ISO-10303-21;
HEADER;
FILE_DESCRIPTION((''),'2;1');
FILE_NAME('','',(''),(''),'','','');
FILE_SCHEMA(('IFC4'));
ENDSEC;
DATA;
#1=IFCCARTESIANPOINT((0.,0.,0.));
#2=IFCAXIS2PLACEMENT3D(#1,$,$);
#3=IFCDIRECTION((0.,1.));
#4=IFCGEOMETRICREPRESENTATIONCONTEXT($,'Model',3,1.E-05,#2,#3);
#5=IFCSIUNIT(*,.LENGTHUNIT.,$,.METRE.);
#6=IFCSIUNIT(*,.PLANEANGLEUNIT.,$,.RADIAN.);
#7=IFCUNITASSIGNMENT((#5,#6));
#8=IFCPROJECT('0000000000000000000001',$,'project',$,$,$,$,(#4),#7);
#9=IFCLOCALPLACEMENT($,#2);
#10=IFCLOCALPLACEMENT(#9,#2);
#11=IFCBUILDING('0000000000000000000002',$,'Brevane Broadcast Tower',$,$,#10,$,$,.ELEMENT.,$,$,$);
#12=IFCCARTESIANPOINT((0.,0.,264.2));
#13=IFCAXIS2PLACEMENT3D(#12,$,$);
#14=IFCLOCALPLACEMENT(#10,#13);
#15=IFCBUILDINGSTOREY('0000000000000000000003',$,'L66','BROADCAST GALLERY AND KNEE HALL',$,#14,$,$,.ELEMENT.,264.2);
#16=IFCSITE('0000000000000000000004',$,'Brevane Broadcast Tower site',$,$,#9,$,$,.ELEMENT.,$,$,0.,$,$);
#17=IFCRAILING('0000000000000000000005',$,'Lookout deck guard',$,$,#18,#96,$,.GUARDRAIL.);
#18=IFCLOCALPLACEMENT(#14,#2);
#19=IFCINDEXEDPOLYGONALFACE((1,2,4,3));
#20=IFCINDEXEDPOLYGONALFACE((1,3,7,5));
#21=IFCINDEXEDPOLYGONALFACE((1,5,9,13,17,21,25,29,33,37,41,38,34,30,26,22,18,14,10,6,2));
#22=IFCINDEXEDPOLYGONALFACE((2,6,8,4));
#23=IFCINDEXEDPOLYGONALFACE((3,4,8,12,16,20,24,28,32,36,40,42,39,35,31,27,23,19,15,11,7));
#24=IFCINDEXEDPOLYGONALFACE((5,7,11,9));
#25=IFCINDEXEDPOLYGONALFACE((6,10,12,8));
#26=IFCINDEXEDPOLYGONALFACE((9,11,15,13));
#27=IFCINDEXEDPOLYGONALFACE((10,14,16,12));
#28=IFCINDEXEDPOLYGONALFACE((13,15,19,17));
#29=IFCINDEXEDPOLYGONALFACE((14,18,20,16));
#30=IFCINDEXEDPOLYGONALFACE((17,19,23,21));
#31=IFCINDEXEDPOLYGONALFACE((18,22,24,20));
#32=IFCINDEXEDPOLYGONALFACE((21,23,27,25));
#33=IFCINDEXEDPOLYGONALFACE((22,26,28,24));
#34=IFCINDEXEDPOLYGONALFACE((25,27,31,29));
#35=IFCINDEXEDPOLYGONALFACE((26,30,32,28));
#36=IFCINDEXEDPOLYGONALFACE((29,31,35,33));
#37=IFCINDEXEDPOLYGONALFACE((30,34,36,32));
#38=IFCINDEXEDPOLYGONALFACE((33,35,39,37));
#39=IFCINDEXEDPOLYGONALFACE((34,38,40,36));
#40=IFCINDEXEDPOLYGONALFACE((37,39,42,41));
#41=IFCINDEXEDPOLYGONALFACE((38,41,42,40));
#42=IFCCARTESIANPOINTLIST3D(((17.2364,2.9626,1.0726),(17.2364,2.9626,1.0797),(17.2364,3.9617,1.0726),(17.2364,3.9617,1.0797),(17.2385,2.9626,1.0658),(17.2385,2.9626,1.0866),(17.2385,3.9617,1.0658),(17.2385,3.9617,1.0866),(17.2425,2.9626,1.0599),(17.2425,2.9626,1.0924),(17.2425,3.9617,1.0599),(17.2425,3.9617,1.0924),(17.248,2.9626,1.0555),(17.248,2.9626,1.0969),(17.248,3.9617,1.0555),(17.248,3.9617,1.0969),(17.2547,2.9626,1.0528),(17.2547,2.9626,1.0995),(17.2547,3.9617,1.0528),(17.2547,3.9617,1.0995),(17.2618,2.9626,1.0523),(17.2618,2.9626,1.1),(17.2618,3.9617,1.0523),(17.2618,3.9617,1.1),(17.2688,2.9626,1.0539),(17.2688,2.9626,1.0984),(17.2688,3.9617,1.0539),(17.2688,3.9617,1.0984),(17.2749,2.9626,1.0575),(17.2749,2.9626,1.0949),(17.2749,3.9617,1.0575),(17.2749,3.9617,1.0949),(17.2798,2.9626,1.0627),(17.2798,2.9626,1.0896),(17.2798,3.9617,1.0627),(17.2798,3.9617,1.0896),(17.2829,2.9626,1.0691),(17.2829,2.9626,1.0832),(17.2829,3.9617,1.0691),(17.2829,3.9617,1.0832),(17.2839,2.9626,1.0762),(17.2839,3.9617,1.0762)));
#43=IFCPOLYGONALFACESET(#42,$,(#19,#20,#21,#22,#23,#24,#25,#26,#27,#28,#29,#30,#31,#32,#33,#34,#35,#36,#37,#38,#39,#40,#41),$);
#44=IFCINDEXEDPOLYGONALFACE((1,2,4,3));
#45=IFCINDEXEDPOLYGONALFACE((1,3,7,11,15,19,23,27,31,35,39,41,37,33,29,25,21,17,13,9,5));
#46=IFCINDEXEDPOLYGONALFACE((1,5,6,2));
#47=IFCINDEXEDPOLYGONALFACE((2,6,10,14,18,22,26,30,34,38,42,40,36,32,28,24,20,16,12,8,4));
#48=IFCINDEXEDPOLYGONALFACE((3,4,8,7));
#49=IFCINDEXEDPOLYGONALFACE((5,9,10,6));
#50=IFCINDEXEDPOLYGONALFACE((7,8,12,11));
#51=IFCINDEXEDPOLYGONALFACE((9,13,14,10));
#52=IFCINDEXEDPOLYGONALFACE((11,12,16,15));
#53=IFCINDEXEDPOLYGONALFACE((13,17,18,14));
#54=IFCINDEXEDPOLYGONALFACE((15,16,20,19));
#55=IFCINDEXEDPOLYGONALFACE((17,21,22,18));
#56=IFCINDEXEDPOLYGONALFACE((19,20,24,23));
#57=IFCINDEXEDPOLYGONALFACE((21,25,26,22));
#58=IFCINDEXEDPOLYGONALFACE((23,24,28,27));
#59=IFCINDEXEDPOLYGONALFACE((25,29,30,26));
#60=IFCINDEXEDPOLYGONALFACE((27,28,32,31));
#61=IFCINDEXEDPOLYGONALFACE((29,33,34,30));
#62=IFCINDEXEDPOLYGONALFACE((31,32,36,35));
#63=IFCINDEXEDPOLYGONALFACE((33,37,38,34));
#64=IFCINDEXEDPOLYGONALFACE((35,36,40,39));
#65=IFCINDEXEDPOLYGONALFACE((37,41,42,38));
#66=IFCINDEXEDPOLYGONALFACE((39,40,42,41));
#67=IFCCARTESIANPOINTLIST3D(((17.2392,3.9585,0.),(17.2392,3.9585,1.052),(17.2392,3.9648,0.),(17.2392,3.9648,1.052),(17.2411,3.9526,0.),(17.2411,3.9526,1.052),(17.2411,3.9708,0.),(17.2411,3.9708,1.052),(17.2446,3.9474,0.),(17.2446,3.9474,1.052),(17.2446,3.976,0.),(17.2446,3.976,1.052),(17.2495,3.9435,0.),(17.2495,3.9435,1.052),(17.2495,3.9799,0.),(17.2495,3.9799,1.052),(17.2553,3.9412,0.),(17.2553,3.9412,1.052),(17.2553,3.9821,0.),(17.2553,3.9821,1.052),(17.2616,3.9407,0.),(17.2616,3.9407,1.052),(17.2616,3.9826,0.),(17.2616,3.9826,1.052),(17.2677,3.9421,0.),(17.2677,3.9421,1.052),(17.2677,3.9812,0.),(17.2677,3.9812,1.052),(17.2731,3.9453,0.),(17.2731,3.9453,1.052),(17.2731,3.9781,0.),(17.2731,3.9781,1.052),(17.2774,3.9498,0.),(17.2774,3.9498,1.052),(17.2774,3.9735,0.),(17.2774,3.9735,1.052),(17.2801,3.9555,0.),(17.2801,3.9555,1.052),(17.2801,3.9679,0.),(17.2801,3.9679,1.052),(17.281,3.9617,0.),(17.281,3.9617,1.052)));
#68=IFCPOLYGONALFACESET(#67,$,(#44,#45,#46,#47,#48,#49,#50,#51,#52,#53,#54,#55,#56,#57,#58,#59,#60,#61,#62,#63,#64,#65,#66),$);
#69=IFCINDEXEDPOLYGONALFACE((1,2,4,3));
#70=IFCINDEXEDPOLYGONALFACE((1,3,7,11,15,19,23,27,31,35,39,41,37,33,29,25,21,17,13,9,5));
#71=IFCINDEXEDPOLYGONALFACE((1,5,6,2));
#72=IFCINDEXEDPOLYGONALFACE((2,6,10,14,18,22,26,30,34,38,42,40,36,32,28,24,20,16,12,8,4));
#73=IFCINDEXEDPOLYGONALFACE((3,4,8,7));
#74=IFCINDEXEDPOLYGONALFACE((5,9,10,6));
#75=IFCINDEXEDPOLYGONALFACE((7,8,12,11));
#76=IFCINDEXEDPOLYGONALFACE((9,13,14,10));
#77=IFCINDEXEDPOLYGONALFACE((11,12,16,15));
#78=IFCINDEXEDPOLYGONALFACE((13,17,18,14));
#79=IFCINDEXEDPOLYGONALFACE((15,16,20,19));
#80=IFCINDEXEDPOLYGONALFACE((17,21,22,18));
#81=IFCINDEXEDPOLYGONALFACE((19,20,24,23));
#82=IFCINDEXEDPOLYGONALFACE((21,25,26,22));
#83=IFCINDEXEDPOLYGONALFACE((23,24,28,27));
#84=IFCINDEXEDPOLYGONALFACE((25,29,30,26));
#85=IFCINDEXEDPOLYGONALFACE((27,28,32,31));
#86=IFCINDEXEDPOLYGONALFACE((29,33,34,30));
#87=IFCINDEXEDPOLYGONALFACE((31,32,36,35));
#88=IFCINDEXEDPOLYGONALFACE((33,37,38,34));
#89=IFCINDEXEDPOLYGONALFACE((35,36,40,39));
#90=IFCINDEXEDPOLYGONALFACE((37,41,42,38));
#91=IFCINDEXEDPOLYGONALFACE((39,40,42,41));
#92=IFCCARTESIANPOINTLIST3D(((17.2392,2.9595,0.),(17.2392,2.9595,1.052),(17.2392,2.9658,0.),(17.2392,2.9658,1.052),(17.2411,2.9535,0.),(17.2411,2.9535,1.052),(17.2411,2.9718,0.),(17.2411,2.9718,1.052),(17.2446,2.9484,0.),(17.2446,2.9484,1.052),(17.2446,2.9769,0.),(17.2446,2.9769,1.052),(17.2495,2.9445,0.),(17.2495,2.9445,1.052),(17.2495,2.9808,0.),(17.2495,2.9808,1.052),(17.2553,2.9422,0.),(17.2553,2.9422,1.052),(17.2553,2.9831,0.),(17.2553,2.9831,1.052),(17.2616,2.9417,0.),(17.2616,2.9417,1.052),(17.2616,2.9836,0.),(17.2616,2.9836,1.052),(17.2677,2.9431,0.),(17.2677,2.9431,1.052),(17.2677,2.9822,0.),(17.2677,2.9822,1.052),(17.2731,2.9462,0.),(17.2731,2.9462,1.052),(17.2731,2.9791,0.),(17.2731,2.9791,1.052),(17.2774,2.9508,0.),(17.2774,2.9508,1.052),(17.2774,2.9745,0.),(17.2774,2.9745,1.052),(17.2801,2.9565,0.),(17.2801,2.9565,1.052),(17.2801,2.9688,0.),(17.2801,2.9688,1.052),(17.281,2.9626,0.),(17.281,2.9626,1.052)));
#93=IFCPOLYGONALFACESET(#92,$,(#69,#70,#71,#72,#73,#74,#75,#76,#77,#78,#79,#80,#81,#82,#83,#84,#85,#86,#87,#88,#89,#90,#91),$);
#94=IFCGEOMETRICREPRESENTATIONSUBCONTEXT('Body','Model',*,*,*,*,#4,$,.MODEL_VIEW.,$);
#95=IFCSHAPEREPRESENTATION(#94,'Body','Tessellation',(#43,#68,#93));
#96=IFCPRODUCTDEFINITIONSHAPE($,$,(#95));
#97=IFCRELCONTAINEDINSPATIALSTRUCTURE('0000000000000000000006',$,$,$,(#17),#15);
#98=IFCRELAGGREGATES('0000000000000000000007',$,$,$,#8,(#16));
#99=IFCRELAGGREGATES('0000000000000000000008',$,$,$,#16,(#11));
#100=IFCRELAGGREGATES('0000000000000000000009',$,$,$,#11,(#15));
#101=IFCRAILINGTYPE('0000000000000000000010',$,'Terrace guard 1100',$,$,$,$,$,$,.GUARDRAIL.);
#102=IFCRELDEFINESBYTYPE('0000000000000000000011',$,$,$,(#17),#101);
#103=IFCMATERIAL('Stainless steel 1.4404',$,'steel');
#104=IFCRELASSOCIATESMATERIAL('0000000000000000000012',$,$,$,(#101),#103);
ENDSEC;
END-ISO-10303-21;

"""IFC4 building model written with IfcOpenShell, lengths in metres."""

from ifc_helpers import new_model, si_unit, direction, frame, origin, origin_2d, place, context, subcontext, project, spatial, circle, extrude, material, type_object, element, save


model = new_model("IFC4")

# Units and contexts
model_context = context("Model", 3, precision=1e-05, world=origin(), true_north=direction((0.0, 1.0)))
body_context = subcontext(model_context, "Body", "Model", "MODEL_VIEW")
ifc_project = project(units=[si_unit("LENGTHUNIT", "METRE"), si_unit("PLANEANGLEUNIT", "RADIAN")], contexts=[model_context])

# Site, building, storey
site_placement = place(None, origin())
site = spatial("IfcSite", under=ifc_project, at=site_placement, Name="Brevane Broadcast Tower site", CompositionType="ELEMENT", RefElevation=0.0)
building_placement = place(site_placement, origin())
building = spatial("IfcBuilding", under=site, at=building_placement, Name="Brevane Broadcast Tower", CompositionType="ELEMENT")
storey_placement = place(building_placement, frame((0.0, 0.0, 264.2)))
storey = spatial("IfcBuildingStorey", under=building, at=storey_placement, Name="L66", Description="BROADCAST GALLERY AND KNEE HALL", CompositionType="ELEMENT", Elevation=264.2)

# Railing
ifc_material_1 = material(Name="Stainless steel 1.4404", Category="steel")
railing_type_1 = type_object("IfcRailingType", Name="Terrace guard 1100", PredefinedType="GUARDRAIL", material=ifc_material_1)
railing_1_placement = place(storey_placement, frame((17.26, 3.9617, 0.0)))
element("IfcRailing", 1, at=railing_1_placement, inside=storey, type_object=railing_type_1, Name="Lookout deck guard", PredefinedType="GUARDRAIL", context=body_context, shape_type="SweptSolid", body=[
    extrude(circle(Radius=0.0239, at=origin_2d()), frame((0.0, 0.0, 1.0762), z_axis=(0.0, -1.0, 0.0), x_axis=(1.0, 0.0, 0.0)), (0.0, 0.0, 1.0), 0.999),
    extrude(circle(Radius=0.021, at=origin_2d()), origin(), (0.0, 0.0, 1.0), 1.052),
    extrude(circle(Radius=0.021, at=origin_2d()), frame((0.0, -0.999, 0.0)), (0.0, 0.0, 1.0), 1.052),
])

save(model, "model.ifc")
